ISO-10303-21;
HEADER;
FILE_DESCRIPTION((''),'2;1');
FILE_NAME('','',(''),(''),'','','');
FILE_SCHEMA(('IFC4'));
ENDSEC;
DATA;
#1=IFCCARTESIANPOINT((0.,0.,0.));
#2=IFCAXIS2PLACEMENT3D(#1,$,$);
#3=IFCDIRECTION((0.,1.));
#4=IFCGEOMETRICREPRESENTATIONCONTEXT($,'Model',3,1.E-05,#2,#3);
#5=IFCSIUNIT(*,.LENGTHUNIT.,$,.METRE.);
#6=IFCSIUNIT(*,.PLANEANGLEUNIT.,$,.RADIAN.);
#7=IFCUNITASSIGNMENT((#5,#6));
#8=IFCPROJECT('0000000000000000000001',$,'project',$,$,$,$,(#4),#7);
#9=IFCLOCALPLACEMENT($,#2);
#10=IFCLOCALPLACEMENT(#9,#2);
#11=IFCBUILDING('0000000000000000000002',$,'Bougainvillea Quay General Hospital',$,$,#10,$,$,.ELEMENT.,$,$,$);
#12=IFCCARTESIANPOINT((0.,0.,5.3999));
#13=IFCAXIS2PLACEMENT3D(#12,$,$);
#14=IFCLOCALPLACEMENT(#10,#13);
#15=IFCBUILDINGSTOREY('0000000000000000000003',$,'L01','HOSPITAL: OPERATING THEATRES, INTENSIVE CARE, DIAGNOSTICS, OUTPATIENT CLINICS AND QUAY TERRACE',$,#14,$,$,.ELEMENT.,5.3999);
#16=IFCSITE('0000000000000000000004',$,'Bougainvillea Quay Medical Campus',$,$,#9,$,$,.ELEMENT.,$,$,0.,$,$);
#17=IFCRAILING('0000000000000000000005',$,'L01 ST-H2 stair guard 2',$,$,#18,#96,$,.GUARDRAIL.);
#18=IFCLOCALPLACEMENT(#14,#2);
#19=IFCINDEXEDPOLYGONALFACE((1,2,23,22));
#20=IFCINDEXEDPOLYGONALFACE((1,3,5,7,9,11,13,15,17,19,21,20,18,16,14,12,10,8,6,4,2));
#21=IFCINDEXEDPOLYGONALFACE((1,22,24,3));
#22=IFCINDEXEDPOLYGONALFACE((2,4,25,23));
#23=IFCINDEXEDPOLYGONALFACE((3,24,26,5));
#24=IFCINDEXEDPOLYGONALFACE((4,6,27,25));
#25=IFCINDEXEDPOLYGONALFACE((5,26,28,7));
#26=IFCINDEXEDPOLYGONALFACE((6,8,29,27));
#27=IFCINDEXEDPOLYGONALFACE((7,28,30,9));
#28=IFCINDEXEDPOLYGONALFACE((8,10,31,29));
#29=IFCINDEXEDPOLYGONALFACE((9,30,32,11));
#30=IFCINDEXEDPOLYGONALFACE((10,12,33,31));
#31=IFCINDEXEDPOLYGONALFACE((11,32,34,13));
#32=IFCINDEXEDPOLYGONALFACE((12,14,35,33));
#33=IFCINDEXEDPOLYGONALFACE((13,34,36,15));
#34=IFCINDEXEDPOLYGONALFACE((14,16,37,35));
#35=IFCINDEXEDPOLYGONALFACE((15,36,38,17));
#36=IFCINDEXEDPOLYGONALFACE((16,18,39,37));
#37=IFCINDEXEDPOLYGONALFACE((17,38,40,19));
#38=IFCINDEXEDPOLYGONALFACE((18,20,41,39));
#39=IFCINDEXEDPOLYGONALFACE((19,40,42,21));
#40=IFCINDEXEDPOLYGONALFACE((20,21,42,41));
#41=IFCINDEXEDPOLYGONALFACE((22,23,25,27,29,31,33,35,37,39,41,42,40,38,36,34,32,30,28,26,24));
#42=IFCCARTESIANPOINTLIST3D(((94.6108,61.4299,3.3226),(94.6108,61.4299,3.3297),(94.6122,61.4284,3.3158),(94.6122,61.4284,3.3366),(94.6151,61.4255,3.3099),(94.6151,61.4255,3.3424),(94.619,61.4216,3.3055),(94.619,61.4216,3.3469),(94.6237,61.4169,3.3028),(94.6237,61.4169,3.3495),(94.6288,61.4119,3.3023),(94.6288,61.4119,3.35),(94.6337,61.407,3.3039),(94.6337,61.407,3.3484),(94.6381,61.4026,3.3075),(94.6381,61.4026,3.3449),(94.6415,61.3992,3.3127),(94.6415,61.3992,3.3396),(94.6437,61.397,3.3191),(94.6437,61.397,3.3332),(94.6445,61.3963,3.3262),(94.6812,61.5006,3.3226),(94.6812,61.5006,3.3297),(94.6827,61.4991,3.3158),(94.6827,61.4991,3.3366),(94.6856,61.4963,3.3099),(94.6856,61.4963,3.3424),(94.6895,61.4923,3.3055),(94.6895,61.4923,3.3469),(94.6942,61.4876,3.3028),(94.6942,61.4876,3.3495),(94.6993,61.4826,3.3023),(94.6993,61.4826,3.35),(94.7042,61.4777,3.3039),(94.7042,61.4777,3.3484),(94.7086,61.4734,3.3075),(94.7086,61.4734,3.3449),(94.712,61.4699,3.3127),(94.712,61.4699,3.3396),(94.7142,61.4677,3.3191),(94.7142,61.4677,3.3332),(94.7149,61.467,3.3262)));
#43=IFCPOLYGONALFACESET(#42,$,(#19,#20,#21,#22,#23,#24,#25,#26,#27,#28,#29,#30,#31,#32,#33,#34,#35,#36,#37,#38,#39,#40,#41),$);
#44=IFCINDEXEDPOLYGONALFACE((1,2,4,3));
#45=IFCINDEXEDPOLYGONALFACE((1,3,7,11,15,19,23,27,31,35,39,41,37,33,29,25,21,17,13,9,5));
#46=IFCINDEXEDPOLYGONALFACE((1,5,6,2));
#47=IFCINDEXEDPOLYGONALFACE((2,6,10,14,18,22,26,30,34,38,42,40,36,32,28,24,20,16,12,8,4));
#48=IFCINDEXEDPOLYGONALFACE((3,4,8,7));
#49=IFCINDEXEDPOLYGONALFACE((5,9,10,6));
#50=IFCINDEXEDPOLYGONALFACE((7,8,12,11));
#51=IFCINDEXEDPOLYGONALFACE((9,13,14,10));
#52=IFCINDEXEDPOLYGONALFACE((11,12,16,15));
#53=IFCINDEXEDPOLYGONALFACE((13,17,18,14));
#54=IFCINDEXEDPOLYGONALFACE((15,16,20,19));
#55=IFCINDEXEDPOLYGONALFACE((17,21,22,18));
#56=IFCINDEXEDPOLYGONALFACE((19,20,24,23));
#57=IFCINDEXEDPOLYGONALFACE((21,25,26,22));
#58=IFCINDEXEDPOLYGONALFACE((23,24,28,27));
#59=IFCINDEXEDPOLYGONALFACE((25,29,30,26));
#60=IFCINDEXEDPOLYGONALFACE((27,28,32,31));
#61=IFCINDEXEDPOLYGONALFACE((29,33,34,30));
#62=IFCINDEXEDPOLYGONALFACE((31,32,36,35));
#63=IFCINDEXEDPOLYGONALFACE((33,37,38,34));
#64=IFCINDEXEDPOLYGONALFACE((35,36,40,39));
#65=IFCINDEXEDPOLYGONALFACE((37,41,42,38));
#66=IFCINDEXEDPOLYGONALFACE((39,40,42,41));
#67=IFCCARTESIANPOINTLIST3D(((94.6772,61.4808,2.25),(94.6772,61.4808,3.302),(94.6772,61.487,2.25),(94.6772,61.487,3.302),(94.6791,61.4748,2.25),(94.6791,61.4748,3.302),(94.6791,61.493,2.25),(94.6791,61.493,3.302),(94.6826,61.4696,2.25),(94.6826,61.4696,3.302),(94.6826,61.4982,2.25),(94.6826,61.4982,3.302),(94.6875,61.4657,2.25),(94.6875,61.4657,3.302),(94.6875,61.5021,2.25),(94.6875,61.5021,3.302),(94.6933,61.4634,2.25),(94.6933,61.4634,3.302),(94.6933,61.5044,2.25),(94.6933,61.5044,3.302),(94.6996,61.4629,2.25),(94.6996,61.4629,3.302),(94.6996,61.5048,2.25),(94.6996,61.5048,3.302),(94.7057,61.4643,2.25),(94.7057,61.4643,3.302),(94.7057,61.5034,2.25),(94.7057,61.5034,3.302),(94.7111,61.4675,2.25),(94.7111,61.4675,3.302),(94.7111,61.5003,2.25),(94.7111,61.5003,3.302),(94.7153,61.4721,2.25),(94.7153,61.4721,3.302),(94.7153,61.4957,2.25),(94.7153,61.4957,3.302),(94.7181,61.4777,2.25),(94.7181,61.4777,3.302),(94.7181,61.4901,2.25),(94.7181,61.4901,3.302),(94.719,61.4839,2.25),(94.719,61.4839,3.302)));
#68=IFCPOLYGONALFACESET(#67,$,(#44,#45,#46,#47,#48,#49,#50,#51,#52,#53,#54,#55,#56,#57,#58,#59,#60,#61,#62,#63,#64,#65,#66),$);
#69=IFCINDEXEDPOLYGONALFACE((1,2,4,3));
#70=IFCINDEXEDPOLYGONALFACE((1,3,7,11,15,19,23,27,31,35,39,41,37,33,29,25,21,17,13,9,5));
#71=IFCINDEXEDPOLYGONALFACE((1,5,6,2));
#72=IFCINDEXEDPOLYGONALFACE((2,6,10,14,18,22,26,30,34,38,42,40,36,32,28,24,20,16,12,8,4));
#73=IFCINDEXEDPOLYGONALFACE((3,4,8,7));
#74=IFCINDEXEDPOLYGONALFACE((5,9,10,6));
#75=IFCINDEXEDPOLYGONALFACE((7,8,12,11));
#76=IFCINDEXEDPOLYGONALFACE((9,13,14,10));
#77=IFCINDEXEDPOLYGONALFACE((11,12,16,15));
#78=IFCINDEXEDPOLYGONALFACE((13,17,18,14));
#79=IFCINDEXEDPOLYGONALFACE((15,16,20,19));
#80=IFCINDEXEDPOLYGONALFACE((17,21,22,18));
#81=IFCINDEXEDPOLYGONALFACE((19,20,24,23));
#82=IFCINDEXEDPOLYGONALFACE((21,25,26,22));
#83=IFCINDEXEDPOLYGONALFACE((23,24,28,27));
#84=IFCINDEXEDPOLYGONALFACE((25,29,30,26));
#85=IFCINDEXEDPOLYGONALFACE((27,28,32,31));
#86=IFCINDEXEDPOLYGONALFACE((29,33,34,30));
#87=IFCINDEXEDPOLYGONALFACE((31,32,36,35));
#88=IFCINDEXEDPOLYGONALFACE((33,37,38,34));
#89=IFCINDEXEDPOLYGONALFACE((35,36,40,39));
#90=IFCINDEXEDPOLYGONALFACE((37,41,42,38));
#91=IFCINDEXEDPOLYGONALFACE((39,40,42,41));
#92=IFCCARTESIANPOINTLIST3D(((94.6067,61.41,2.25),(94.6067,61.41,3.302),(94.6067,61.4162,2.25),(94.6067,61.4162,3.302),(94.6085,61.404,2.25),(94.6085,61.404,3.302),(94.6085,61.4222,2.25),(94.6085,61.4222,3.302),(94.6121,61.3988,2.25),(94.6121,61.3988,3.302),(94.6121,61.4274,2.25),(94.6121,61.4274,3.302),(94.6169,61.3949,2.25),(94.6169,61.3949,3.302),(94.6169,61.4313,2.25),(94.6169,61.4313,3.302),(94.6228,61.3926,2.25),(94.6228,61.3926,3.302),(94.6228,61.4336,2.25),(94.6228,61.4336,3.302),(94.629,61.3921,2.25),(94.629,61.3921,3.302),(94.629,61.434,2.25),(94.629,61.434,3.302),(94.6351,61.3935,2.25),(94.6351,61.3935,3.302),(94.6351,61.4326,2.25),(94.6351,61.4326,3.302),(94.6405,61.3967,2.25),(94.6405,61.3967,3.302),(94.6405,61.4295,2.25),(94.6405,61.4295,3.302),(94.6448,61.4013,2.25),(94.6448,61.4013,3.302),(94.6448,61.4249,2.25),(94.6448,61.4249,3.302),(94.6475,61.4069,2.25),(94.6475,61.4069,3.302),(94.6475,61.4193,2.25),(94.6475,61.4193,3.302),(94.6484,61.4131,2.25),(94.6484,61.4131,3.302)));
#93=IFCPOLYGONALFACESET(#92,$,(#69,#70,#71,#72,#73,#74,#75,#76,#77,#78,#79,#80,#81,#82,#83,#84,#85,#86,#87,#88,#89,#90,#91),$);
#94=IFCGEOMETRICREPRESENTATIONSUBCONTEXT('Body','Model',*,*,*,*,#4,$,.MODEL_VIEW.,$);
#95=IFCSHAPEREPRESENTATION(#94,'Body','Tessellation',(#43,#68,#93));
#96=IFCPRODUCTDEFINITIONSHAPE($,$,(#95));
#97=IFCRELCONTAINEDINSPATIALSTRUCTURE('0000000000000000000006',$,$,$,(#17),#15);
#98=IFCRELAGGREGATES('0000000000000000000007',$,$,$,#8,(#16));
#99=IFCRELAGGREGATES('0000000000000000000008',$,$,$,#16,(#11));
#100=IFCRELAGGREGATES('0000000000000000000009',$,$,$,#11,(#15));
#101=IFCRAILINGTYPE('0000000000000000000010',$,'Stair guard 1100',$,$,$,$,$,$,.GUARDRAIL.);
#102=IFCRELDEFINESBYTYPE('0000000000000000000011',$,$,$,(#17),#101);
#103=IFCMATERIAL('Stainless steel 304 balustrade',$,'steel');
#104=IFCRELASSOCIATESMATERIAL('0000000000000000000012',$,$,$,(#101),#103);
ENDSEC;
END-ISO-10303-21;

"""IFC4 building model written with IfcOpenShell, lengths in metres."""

from ifc_helpers import new_model, si_unit, direction, frame, origin, origin_2d, place, context, subcontext, project, spatial, circle, extrude, material, type_object, element, save


model = new_model("IFC4")

# Units and contexts
model_context = context("Model", 3, precision=1e-05, world=origin(), true_north=direction((0.0, 1.0)))
body_context = subcontext(model_context, "Body", "Model", "MODEL_VIEW")
ifc_project = project(units=[si_unit("LENGTHUNIT", "METRE"), si_unit("PLANEANGLEUNIT", "RADIAN")], contexts=[model_context])

# Site, building, storey
site_placement = place(None, origin())
site = spatial("IfcSite", under=ifc_project, at=site_placement, Name="Bougainvillea Quay Medical Campus", CompositionType="ELEMENT", RefElevation=0.0)
building_placement = place(site_placement, origin())
building = spatial("IfcBuilding", under=site, at=building_placement, Name="Bougainvillea Quay General Hospital", CompositionType="ELEMENT")
storey_placement = place(building_placement, frame((0.0, 0.0, 5.3999)))
storey = spatial("IfcBuildingStorey", under=building, at=storey_placement, Name="L01", Description="HOSPITAL: OPERATING THEATRES, INTENSIVE CARE, DIAGNOSTICS, OUTPATIENT CLINICS AND QUAY TERRACE", CompositionType="ELEMENT", Elevation=5.3999)

# Railing
ifc_material_1 = material(Name="Stainless steel 304 balustrade", Category="steel")
railing_type_1 = type_object("IfcRailingType", Name="Stair guard 1100", PredefinedType="GUARDRAIL", material=ifc_material_1)
railing_1_placement = place(storey_placement, frame((94.698, 61.4839, 2.25)))
element("IfcRailing", 1, at=railing_1_placement, inside=storey, type_object=railing_type_1, Name="L01 ST-H2 stair guard 2", PredefinedType="GUARDRAIL", context=body_context, shape_type="SweptSolid", body=[
    extrude(circle(Radius=0.0239, at=origin_2d()), frame((0.0, 0.0, 1.0762), z_axis=(-0.705884, -0.708327, 0.0), x_axis=(0.708327, -0.705884, 0.0)), (0.0, 0.0, 1.0), 0.0999),
    extrude(circle(Radius=0.021, at=origin_2d()), origin(), (0.0, 0.0, 1.0), 1.052),
    extrude(circle(Radius=0.021, at=origin_2d()), frame((-0.0706, -0.0708, 0.0)), (0.0, 0.0, 1.0), 1.052),
])

save(model, "model.ifc")
